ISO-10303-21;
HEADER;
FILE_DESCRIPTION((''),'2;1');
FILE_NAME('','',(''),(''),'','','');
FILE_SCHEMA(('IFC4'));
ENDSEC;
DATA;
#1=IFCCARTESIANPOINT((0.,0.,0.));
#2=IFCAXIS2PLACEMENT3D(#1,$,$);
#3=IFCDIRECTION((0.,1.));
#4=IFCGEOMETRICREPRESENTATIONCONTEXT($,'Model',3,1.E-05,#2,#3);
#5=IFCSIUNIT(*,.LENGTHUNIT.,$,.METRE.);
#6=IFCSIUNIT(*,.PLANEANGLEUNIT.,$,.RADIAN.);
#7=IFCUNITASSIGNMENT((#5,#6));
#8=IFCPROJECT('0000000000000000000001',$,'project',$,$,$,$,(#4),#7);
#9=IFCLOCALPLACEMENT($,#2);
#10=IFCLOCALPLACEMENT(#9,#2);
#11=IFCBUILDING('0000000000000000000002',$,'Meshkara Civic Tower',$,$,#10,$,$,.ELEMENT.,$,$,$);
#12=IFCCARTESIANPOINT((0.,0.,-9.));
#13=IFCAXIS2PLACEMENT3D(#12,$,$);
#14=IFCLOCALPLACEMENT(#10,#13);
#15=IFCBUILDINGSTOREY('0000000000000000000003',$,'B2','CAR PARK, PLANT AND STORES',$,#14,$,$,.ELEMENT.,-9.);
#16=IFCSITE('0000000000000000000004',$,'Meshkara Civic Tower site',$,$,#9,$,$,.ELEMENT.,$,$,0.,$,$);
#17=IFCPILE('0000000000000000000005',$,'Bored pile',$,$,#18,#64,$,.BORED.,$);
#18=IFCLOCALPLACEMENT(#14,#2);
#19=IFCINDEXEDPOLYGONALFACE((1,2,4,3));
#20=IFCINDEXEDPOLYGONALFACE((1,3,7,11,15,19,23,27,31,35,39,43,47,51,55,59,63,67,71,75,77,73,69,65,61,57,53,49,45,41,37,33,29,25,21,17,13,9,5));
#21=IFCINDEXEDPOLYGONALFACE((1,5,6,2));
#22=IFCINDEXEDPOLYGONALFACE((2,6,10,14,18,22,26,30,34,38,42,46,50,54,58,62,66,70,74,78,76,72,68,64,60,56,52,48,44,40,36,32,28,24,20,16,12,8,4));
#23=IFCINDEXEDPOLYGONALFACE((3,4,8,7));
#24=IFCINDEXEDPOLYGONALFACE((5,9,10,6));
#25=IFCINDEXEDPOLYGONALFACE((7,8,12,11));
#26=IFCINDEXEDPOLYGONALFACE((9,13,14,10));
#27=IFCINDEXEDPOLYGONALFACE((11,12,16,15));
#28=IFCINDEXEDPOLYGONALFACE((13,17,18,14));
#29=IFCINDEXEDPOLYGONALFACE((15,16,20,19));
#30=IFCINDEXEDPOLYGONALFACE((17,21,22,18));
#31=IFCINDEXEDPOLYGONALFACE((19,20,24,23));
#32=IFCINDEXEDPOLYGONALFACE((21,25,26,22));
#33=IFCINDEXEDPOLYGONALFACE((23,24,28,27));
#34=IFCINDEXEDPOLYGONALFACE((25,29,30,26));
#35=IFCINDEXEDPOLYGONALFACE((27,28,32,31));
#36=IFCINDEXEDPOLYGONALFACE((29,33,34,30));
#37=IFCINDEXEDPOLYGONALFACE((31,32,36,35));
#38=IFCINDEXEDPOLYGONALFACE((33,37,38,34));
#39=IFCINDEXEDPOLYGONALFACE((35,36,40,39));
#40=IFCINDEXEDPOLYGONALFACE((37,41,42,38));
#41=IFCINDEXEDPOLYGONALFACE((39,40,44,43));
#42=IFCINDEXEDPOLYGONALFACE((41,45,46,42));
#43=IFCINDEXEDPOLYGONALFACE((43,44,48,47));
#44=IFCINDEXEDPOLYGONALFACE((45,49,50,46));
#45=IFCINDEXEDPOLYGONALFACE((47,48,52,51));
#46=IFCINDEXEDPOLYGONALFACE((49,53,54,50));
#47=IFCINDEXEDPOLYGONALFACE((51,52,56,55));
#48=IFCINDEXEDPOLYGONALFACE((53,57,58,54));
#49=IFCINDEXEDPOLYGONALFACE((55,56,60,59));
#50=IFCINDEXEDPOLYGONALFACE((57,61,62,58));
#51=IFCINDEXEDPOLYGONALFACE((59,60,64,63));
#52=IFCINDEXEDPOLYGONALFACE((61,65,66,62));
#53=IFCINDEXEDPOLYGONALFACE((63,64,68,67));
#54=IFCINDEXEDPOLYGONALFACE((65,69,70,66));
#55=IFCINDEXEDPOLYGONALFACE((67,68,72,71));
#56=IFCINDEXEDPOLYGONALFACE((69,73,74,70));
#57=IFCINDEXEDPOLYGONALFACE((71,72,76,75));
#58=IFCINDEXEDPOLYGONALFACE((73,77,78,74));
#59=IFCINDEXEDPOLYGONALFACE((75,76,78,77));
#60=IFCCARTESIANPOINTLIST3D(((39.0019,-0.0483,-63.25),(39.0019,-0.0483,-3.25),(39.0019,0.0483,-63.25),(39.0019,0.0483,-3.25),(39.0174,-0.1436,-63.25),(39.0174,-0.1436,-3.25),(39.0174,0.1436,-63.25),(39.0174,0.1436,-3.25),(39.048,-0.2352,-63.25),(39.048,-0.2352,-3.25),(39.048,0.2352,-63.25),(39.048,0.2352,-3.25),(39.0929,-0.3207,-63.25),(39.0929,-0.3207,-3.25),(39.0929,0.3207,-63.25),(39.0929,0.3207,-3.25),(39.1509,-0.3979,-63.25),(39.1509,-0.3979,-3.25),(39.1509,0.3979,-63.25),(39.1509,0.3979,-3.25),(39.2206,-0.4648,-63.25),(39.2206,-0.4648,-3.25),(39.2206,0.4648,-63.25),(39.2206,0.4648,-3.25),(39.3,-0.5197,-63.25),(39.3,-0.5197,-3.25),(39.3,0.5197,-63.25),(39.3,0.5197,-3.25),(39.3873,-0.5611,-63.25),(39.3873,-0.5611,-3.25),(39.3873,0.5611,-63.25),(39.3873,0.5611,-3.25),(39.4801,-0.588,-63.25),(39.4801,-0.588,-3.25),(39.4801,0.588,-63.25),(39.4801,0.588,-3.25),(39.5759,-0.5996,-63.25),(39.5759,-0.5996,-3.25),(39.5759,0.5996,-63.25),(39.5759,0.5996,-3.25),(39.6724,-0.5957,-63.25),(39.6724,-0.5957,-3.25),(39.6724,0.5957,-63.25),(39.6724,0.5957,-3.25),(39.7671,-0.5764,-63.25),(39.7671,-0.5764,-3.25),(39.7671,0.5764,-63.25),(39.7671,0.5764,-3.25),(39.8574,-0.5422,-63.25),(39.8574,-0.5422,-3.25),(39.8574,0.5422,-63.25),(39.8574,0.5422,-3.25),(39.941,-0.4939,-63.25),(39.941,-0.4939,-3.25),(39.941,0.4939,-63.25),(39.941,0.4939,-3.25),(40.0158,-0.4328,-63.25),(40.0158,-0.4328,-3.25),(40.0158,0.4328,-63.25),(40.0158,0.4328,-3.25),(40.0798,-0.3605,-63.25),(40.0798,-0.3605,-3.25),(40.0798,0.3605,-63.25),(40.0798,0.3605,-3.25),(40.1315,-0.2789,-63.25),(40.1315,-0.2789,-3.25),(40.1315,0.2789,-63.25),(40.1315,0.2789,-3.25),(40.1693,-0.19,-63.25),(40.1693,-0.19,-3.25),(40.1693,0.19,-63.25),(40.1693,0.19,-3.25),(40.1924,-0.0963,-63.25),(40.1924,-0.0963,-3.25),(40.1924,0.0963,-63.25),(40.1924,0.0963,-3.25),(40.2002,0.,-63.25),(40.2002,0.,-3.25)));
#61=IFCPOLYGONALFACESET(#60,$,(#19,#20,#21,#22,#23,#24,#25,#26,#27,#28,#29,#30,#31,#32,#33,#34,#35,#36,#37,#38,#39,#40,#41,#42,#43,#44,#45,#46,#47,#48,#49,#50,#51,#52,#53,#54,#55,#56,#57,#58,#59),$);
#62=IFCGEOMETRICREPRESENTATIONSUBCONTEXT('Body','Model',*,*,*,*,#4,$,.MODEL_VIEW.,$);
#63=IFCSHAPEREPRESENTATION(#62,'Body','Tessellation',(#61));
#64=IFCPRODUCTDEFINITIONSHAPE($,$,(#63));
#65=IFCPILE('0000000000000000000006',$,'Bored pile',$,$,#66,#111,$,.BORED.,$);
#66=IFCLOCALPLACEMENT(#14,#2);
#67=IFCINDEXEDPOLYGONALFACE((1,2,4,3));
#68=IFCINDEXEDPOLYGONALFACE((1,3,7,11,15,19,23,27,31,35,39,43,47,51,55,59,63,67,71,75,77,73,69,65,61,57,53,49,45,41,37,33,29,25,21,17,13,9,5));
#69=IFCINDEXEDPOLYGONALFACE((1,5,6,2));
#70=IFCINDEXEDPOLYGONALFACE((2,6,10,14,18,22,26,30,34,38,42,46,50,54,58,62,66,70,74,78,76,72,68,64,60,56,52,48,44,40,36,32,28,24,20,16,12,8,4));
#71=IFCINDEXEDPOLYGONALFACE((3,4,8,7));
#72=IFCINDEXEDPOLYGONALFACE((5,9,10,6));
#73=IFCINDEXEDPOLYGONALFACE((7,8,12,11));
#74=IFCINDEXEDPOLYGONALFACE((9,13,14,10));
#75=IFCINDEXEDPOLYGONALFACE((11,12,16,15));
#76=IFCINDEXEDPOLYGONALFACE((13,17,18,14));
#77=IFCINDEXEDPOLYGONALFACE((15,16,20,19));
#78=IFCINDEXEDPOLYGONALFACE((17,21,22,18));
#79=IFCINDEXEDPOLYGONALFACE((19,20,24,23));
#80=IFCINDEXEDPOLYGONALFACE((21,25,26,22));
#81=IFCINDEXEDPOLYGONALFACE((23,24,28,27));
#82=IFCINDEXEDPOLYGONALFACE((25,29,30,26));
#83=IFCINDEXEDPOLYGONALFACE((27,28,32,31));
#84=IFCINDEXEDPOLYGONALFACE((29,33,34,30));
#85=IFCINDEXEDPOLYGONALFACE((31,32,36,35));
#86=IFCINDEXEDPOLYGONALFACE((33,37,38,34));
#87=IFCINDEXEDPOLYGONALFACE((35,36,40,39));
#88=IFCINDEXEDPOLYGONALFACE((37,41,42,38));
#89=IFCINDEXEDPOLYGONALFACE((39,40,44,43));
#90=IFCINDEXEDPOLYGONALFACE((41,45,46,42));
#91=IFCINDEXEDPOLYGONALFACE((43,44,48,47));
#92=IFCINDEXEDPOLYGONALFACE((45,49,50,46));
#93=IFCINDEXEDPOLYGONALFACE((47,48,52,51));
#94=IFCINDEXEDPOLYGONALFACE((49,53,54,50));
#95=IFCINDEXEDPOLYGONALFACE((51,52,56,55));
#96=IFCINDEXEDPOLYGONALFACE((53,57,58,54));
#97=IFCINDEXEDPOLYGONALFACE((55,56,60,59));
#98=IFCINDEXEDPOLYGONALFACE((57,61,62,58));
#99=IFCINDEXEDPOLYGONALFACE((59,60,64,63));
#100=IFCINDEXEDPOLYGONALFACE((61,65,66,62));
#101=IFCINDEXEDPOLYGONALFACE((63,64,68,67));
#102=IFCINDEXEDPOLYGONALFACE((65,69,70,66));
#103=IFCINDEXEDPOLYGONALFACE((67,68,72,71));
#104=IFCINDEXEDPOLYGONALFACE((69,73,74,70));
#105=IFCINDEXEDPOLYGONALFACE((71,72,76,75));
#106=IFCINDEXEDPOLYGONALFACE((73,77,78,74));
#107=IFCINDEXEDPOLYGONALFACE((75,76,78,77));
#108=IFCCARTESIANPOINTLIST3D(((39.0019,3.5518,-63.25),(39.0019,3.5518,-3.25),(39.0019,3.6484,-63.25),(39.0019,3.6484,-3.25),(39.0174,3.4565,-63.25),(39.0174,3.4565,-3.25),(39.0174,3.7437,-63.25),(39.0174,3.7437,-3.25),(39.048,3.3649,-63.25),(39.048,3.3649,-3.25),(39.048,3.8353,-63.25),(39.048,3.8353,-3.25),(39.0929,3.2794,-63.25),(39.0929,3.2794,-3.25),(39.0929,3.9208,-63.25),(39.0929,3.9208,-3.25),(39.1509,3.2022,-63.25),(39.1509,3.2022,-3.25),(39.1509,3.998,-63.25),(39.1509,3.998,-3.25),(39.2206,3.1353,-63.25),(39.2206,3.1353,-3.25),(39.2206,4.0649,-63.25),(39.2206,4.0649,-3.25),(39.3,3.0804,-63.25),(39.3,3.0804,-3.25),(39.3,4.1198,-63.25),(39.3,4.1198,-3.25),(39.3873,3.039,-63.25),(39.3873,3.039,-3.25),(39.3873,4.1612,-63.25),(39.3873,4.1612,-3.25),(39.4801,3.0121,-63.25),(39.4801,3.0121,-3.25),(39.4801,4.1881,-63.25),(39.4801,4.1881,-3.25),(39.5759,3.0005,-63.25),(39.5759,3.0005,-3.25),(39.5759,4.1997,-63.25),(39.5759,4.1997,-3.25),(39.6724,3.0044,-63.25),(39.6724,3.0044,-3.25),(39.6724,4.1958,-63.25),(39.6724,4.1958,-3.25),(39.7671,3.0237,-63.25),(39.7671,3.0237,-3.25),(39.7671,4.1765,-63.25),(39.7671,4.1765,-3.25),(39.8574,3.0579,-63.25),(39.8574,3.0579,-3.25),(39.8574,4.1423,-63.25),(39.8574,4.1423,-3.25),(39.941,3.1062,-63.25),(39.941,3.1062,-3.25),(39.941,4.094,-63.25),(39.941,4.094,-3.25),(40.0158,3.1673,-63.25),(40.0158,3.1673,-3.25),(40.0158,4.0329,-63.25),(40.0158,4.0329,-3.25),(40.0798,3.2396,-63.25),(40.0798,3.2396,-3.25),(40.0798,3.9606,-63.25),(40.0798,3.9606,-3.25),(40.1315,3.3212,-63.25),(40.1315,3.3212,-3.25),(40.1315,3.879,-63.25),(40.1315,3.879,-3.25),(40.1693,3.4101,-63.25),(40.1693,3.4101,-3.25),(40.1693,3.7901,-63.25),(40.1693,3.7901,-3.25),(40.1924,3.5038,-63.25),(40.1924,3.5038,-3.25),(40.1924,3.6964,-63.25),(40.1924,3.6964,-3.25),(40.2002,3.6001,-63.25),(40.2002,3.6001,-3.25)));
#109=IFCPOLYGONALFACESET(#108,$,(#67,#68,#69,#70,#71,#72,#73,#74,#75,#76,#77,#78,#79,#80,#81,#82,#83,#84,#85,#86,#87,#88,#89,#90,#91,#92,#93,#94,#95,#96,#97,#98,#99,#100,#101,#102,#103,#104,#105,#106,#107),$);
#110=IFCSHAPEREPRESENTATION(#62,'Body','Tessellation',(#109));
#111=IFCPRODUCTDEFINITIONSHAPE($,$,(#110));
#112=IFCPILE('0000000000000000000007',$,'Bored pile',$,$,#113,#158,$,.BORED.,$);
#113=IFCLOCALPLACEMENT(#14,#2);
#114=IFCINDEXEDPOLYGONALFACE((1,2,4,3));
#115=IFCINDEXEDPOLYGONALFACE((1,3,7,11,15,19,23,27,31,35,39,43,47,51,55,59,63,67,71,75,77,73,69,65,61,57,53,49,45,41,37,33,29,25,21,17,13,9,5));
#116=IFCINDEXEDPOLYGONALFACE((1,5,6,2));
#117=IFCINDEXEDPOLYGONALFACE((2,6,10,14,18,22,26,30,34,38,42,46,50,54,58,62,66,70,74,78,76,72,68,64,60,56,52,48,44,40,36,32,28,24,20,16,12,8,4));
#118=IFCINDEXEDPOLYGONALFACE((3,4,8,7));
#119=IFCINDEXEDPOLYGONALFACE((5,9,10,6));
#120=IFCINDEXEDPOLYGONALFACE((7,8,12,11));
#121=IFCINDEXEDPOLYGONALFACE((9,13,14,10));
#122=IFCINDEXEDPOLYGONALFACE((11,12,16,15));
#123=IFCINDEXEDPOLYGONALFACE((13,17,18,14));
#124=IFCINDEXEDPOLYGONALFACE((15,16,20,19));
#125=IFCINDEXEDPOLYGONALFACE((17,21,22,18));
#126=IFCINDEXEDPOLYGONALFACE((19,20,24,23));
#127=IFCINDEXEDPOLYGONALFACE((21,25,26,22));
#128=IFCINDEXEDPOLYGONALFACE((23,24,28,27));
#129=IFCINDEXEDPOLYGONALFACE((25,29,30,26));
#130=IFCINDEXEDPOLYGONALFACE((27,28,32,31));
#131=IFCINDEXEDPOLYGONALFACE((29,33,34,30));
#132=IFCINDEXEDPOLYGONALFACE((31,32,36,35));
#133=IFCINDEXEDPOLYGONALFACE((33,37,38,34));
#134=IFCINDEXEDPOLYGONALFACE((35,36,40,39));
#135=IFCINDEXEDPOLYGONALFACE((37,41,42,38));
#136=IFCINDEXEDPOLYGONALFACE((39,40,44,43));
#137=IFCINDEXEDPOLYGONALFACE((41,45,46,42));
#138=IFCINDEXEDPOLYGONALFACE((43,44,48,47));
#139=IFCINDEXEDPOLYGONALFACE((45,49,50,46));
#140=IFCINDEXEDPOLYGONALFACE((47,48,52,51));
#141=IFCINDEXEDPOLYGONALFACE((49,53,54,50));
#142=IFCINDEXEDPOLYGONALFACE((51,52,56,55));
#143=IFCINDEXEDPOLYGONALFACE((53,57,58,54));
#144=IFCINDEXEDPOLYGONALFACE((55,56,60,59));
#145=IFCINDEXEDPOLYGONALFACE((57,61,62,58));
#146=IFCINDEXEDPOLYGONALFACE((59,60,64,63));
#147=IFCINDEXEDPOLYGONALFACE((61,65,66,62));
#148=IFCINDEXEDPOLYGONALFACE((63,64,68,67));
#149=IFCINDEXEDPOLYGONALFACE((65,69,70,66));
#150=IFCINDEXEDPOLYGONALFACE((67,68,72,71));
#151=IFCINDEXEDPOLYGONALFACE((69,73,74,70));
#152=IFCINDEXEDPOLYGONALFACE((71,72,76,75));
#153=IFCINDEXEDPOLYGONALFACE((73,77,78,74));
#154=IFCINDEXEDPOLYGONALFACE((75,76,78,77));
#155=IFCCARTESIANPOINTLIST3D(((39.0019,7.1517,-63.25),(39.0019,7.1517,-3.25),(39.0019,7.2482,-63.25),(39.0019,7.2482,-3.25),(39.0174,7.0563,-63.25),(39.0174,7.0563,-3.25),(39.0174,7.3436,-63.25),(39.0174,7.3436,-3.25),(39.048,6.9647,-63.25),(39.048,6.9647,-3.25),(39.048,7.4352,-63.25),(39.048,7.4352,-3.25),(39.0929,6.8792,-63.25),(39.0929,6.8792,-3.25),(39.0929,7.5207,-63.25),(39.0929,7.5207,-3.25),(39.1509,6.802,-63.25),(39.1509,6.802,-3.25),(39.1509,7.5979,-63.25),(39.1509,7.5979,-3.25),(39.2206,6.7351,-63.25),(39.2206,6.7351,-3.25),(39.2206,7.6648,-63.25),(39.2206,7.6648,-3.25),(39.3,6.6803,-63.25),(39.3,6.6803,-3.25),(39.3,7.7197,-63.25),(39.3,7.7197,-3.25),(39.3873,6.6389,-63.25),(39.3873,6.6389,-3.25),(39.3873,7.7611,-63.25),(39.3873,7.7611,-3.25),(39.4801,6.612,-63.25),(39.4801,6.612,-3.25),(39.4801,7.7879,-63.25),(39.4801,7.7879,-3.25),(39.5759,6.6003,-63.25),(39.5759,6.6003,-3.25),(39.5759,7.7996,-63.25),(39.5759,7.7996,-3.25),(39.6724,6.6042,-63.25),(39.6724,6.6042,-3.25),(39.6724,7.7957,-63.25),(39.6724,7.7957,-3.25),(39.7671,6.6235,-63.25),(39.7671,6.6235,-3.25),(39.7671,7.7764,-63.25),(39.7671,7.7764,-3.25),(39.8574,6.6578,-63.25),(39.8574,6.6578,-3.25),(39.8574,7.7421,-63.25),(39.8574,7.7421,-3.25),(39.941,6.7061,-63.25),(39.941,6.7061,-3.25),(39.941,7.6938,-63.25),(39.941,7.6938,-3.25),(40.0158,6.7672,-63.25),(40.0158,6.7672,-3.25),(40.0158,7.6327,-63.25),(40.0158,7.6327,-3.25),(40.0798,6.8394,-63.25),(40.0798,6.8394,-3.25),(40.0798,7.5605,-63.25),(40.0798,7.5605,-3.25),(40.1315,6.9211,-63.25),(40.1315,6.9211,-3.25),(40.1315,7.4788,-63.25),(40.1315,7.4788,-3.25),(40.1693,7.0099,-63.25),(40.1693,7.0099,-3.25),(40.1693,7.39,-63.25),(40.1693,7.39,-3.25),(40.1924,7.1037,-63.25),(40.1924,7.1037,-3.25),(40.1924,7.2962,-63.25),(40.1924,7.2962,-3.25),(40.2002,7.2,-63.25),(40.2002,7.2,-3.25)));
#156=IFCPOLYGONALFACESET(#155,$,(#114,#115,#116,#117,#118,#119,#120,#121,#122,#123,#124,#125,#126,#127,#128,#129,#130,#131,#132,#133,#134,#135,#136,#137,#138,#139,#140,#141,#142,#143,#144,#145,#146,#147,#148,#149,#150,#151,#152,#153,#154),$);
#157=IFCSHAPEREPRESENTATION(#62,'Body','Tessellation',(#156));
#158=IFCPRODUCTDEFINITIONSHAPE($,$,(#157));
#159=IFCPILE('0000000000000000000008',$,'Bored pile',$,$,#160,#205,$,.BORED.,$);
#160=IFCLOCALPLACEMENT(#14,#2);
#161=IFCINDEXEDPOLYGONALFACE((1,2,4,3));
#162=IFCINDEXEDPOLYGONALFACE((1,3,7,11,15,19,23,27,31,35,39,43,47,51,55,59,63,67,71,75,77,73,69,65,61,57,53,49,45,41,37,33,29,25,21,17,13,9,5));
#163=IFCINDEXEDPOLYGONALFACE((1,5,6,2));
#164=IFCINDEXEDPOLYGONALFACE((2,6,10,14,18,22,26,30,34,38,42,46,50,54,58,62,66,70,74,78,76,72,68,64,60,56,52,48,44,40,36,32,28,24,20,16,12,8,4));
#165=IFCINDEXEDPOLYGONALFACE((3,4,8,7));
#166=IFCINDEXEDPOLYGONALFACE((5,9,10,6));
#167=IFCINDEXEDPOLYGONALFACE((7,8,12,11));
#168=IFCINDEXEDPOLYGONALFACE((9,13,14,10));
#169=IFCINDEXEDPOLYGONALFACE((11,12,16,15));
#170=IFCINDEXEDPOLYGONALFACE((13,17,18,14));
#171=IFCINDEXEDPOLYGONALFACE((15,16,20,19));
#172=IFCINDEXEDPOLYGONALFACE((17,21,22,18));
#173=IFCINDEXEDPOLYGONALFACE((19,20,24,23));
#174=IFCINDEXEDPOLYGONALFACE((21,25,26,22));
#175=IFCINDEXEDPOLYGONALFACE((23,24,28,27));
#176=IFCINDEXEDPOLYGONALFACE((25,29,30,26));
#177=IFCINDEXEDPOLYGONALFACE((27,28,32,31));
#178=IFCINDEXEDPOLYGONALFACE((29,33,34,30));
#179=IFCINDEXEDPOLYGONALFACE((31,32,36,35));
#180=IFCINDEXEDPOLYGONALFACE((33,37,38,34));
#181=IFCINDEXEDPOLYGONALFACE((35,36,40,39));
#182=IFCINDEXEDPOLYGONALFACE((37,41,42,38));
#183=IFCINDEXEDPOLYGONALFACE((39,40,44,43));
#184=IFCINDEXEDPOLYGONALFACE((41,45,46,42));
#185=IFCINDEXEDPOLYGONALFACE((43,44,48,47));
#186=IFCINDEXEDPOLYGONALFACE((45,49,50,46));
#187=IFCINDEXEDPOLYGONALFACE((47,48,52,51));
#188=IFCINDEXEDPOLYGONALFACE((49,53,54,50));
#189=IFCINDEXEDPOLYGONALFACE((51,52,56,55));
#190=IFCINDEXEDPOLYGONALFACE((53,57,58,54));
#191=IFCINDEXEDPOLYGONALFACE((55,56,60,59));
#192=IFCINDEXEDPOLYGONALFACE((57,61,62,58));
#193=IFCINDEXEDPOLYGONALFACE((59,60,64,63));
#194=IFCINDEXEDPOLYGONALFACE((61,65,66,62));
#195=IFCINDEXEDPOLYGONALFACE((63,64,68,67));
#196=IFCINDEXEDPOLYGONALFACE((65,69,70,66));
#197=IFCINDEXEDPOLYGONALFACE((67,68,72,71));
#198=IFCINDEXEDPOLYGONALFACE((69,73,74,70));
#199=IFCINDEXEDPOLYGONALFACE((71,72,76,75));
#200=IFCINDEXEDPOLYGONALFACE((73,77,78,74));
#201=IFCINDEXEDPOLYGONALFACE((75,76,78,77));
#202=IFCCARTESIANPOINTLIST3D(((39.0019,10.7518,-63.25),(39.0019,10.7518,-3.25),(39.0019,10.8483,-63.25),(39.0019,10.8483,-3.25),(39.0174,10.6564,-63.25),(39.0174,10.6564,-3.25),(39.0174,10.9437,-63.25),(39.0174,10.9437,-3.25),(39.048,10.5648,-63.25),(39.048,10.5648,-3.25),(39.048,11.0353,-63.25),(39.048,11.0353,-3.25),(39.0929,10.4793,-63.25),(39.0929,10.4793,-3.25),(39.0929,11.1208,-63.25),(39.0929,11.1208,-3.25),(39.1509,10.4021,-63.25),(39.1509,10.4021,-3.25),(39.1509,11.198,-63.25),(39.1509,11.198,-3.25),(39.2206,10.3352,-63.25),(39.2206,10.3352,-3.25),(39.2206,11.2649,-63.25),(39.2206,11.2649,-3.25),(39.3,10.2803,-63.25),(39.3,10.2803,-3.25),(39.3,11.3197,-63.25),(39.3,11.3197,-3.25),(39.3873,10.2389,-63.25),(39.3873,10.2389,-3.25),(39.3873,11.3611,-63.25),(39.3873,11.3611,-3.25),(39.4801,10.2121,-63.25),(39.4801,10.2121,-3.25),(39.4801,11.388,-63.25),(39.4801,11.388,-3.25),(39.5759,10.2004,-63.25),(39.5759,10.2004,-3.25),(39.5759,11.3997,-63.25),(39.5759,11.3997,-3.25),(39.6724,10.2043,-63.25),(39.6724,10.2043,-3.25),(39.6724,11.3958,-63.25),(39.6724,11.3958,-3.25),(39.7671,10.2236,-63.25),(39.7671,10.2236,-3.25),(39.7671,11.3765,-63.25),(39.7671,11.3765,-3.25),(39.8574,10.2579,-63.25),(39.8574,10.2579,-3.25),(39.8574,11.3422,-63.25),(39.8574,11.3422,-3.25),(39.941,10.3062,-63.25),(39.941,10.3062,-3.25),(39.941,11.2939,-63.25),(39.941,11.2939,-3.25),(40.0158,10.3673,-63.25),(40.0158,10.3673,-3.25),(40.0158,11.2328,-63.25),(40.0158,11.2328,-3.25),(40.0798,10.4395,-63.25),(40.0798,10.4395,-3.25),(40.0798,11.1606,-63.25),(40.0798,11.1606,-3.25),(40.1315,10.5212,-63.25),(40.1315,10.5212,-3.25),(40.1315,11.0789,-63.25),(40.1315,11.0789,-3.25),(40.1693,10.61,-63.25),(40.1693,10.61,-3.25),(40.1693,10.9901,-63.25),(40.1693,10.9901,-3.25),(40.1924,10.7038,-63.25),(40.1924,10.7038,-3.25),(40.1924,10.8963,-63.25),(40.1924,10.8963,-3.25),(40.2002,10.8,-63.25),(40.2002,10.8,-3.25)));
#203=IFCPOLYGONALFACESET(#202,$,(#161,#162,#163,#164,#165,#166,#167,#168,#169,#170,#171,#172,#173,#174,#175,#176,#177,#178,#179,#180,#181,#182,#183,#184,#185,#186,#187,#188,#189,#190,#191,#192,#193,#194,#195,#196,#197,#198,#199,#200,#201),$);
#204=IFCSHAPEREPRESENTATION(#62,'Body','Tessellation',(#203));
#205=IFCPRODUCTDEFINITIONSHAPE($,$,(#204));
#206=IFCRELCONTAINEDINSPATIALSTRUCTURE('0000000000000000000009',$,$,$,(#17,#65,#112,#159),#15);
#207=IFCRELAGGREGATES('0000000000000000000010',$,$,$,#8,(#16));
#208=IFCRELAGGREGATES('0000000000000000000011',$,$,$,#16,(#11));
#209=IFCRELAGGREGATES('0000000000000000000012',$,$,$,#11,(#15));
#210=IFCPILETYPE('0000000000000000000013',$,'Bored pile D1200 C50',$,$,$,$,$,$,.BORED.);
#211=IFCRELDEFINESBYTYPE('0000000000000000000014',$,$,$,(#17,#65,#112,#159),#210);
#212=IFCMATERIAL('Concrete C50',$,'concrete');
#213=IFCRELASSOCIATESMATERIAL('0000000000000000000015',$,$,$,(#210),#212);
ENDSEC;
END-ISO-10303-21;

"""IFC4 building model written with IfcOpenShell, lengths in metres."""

from ifc_helpers import new_model, si_unit, direction, frame, origin, origin_2d, place, context, subcontext, project, spatial, circle, extrude, material, material_profile, profile_set, type_object, element, save


model = new_model("IFC4")

# Units and contexts
model_context = context("Model", 3, precision=1e-05, world=origin(), true_north=direction((0.0, 1.0)))
body_context = subcontext(model_context, "Body", "Model", "MODEL_VIEW")
ifc_project = project(units=[si_unit("LENGTHUNIT", "METRE"), si_unit("PLANEANGLEUNIT", "RADIAN")], contexts=[model_context])

# Site, building, storey
site_placement = place(None, origin())
site = spatial("IfcSite", under=ifc_project, at=site_placement, Name="Meshkara Civic Tower site", CompositionType="ELEMENT", RefElevation=0.0)
building_placement = place(site_placement, origin())
building = spatial("IfcBuilding", under=site, at=building_placement, Name="Meshkara Civic Tower", CompositionType="ELEMENT")
storey_placement = place(building_placement, frame((0.0, 0.0, -9.0)))
storey = spatial("IfcBuildingStorey", under=building, at=storey_placement, Name="B2", Description="CAR PARK, PLANT AND STORES", CompositionType="ELEMENT", Elevation=-9.0)

# Piles
ifc_material_1 = material(Name="Concrete C50", Category="concrete")
ifc_material_profile_1 = material_profile(ifc_material_1, circle(Radius=0.6001, at=origin_2d()))
ifc_profile_set_1 = profile_set([ifc_material_profile_1], Name="Concrete C50")
pile_type = type_object("IfcPileType", Name="Bored pile D1200 C50", PredefinedType="BORED", material=ifc_profile_set_1)
for number, where, z_axis, x_axis, name in (
    (1, (39.6001, 0.0, -3.25), (0.0, 0.0, -1.0), (1.0, 0.0, 0.0), "Bored pile"),
    (2, (39.6001, 3.6001, -3.25), (0.0, 0.0, -1.0), (1.0, 0.0, 0.0), "Bored pile"),
    (3, (39.6001, 7.2, -3.25), (0.0, 0.0, -1.0), (1.0, 0.0, 0.0), "Bored pile"),
    (4, (39.6001, 10.8, -3.25), (0.0, 0.0, -1.0), (1.0, 0.0, 0.0), "Bored pile"),
):
    element("IfcPile", number, at=place(storey_placement, frame(where, z_axis=z_axis, x_axis=x_axis)), inside=storey, type_object=pile_type, Name=name, PredefinedType="BORED", context=body_context, shape_type="SweptSolid", body=[
        extrude(circle(Radius=0.6001, at=origin_2d()), origin(), (0.0, 0.0, 1.0), 60.0),
    ])

save(model, "model.ifc")
